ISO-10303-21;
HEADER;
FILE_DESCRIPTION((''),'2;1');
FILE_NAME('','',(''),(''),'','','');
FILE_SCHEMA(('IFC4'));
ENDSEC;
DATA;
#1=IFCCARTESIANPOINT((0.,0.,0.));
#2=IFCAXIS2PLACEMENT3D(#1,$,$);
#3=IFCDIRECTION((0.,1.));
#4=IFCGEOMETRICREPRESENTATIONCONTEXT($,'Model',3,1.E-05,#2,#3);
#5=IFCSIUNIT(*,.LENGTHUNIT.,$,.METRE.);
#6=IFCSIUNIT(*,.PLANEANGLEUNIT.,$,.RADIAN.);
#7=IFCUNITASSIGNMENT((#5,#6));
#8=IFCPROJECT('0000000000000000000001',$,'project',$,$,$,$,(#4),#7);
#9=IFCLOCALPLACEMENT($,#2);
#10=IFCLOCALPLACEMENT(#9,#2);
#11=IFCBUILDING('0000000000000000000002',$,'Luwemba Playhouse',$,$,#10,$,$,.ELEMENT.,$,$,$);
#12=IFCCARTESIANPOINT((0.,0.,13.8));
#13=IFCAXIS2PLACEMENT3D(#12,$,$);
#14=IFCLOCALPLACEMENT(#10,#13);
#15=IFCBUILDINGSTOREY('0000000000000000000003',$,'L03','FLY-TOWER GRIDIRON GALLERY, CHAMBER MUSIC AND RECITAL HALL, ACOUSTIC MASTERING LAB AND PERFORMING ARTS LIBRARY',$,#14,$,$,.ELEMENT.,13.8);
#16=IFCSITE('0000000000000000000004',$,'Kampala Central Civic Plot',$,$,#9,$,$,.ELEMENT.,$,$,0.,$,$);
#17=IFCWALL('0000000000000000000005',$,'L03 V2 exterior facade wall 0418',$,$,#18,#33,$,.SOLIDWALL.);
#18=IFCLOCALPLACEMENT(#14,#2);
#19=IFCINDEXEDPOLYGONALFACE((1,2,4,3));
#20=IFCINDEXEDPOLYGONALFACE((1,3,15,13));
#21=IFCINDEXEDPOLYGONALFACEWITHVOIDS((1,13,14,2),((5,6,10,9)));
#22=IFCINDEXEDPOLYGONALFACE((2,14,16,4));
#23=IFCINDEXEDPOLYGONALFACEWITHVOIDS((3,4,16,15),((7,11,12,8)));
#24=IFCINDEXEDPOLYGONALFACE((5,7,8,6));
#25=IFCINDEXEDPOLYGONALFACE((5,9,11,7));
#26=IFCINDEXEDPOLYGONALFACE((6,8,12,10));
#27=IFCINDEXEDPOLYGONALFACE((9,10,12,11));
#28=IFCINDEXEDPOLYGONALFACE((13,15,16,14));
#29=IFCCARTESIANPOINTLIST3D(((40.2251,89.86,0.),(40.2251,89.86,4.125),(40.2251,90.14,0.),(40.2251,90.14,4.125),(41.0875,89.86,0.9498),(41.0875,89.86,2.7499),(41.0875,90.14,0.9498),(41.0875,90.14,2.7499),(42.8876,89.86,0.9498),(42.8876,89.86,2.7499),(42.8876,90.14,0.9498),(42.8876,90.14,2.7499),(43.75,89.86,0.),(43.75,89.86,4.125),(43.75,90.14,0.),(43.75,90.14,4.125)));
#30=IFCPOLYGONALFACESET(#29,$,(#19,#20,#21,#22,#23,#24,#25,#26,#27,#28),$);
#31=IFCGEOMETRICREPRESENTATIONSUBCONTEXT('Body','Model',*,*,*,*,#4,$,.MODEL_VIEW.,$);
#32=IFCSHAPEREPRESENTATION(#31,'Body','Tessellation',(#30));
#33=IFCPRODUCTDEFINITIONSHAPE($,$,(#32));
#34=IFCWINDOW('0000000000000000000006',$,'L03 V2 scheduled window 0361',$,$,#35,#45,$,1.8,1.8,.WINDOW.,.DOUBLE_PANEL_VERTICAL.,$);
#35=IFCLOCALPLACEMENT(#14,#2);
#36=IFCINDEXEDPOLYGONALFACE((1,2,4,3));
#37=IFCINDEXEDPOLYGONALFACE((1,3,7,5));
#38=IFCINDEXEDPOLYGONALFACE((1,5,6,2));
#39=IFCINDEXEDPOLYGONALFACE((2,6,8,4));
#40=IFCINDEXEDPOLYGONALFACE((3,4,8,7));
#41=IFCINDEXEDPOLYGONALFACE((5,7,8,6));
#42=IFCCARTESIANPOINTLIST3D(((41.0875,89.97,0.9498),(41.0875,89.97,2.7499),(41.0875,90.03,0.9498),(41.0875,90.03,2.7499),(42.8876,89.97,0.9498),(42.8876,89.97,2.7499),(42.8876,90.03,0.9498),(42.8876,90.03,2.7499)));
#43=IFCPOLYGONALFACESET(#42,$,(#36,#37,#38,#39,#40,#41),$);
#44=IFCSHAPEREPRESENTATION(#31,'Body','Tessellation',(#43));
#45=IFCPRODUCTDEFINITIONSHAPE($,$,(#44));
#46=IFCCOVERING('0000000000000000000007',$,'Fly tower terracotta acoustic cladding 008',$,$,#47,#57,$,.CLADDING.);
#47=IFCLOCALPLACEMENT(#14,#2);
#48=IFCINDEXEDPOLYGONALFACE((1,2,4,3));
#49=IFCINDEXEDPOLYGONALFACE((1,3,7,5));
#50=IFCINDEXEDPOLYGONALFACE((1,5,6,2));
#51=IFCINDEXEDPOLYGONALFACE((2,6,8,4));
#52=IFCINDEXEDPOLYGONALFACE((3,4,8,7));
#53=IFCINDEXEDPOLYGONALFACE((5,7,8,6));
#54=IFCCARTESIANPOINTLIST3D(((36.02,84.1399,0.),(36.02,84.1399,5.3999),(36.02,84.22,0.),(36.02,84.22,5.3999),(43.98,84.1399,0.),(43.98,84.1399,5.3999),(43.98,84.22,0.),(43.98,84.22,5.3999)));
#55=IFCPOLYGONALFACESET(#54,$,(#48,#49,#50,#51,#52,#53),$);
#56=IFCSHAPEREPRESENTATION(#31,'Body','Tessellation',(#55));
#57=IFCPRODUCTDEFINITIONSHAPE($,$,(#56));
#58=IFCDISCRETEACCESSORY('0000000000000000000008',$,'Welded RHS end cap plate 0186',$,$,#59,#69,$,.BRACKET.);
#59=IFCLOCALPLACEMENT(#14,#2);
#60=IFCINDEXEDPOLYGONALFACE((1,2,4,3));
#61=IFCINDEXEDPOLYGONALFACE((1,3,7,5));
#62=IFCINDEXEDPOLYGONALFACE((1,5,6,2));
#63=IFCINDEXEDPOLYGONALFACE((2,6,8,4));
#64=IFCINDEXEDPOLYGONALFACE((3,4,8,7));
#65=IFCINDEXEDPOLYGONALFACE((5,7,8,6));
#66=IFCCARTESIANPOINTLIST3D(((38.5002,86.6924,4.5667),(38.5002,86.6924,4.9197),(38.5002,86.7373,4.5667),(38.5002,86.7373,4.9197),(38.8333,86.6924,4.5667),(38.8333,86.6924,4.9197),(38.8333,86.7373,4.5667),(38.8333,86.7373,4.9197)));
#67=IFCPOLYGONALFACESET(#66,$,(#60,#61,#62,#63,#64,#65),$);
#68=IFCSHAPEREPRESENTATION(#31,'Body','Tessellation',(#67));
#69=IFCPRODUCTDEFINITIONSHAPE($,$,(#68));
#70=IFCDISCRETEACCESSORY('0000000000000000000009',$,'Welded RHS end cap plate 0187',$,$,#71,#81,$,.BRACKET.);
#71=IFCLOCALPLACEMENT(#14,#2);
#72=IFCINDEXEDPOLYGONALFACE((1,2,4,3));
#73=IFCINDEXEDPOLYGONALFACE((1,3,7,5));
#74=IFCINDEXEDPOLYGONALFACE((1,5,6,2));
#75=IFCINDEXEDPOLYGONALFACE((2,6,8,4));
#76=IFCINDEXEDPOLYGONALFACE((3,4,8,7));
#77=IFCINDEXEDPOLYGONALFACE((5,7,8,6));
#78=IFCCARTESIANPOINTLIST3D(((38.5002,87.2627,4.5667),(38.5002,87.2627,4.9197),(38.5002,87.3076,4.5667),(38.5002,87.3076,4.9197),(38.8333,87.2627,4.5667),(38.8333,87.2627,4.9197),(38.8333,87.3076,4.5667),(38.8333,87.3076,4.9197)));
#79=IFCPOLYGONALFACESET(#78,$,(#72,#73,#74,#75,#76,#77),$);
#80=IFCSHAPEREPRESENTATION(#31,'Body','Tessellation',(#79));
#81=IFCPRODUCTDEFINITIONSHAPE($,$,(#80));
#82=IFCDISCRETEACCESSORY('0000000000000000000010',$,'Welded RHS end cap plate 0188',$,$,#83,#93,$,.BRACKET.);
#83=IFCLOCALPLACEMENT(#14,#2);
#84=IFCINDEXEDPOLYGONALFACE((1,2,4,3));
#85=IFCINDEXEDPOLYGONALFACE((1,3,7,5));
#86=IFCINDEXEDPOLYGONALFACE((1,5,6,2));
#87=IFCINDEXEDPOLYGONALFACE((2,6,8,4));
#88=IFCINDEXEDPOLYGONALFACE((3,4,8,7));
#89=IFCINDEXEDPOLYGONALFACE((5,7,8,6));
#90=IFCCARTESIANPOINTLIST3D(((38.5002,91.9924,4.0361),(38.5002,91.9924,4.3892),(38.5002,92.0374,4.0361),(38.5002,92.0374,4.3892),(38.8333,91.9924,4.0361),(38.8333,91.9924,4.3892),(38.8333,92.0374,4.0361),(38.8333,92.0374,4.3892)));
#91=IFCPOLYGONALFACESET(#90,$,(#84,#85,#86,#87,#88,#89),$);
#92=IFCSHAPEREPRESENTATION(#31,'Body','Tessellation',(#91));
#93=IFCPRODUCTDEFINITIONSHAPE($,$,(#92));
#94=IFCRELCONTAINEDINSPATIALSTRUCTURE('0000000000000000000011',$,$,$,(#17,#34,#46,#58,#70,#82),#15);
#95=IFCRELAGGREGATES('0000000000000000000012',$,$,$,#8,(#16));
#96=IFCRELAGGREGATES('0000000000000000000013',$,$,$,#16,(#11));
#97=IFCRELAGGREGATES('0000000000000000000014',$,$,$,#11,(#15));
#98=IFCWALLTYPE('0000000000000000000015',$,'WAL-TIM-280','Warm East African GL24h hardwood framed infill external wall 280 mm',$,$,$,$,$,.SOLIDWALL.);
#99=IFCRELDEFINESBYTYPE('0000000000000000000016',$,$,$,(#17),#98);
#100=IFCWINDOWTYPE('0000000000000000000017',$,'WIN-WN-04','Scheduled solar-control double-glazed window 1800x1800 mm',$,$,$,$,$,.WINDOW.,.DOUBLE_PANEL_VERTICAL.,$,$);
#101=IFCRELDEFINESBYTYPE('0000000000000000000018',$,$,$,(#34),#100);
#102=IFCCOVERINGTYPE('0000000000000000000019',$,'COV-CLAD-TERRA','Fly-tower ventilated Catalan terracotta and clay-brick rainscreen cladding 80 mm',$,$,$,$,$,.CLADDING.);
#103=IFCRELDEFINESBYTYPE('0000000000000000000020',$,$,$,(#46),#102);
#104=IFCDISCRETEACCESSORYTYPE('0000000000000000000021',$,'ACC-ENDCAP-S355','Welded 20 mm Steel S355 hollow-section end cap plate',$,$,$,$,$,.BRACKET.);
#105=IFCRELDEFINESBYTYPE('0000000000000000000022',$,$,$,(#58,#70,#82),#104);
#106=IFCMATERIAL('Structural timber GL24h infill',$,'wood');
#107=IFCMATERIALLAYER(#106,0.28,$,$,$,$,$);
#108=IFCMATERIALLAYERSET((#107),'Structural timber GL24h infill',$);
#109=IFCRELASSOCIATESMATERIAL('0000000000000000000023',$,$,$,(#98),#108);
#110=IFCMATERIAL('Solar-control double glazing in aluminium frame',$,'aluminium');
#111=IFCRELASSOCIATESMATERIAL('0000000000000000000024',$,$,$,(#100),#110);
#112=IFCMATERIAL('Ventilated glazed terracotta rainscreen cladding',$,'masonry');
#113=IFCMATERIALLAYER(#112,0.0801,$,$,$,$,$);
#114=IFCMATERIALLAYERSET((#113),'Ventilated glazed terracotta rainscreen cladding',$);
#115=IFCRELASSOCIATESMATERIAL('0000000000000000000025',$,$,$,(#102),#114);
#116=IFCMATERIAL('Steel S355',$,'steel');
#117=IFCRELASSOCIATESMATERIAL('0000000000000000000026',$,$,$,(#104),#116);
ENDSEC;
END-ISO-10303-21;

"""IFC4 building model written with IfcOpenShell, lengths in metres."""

from ifc_helpers import new_model, si_unit, direction, frame, frame_2d, origin, origin_2d, place, context, subcontext, project, spatial, rectangle, extrude, material, layer, layer_set, type_object, element, fill, save


model = new_model("IFC4")

# Units and contexts
model_context = context("Model", 3, precision=1e-05, world=origin(), true_north=direction((0.0, 1.0)))
body_context = subcontext(model_context, "Body", "Model", "MODEL_VIEW")
ifc_project = project(units=[si_unit("LENGTHUNIT", "METRE"), si_unit("PLANEANGLEUNIT", "RADIAN")], contexts=[model_context])

# Site, building, storey
site_placement = place(None, origin())
site = spatial("IfcSite", under=ifc_project, at=site_placement, Name="Kampala Central Civic Plot", CompositionType="ELEMENT", RefElevation=0.0)
building_placement = place(site_placement, origin())
building = spatial("IfcBuilding", under=site, at=building_placement, Name="Luwemba Playhouse", CompositionType="ELEMENT")
storey_placement = place(building_placement, frame((0.0, 0.0, 13.8)))
storey = spatial("IfcBuildingStorey", under=building, at=storey_placement, Name="L03", Description="FLY-TOWER GRIDIRON GALLERY, CHAMBER MUSIC AND RECITAL HALL, ACOUSTIC MASTERING LAB AND PERFORMING ARTS LIBRARY", CompositionType="ELEMENT", Elevation=13.8)

# Shared definitions
ifc_material_1 = material(Name="Steel S355", Category="steel")

# Shared definitions
ifc_material_2 = material(Name="Solar-control double glazing in aluminium frame", Category="aluminium")

# Wall, opening, window
ifc_material_3 = material(Name="Structural timber GL24h infill", Category="wood")
ifc_layer_1 = layer(ifc_material_3, 0.28)
ifc_layer_set_1 = layer_set([ifc_layer_1], Name="Structural timber GL24h infill")
wall_type_1 = type_object("IfcWallType", Name="WAL-TIM-280", Description="Warm East African GL24h hardwood framed infill external wall 280 mm", PredefinedType="SOLIDWALL", material=ifc_layer_set_1)
wall_1_placement = place(storey_placement, frame((40.2251, 90.0, 0.0), z_axis=(0.0, 0.0, 1.0), x_axis=(1.0, 0.0, 0.0)))
wall_1 = element("IfcWall", 1, at=wall_1_placement, inside=storey, type_object=wall_type_1, Name="L03 V2 exterior facade wall 0418", PredefinedType="SOLIDWALL", context=body_context, shape_type="SweptSolid", body=[
    extrude(rectangle(XDim=3.5249, YDim=0.28, at=frame_2d((1.7625, 0.0))), origin(), (0.0, 0.0, 1.0), 4.125),
])
opening_1_placement = place(wall_1_placement, frame((0.8625, 0.0, 0.95)))
opening_1 = element("IfcOpeningElement", 2, at=opening_1_placement, cuts=wall_1, PredefinedType="OPENING", context=body_context, shape_type="SweptSolid", body=[
    extrude(rectangle(XDim=1.8, YDim=1.8, at=frame_2d((0.8999, 0.8999))), frame((0.0, 0.1499, 0.0), z_axis=(0.0, -1.0, 0.0), x_axis=(1.0, 0.0, 0.0)), (0.0, 0.0, 1.0), 0.3),
])
window_type_1 = type_object("IfcWindowType", Name="WIN-WN-04", Description="Scheduled solar-control double-glazed window 1800x1800 mm", PartitioningType="DOUBLE_PANEL_VERTICAL", PredefinedType="WINDOW", material=ifc_material_2)
window_1_placement = place(opening_1_placement, origin())
window_1 = element("IfcWindow", 3, at=window_1_placement, inside=storey, type_object=window_type_1, Name="L03 V2 scheduled window 0361", OverallHeight=1.8, OverallWidth=1.8, PartitioningType="DOUBLE_PANEL_VERTICAL", PredefinedType="WINDOW", context=body_context, shape_type="SweptSolid", body=[
    extrude(rectangle(XDim=1.8, YDim=1.8, at=frame_2d((0.8999, 0.8999))), frame((0.0, 0.03, 0.0), z_axis=(0.0, -1.0, 0.0), x_axis=(1.0, 0.0, 0.0)), (0.0, 0.0, 1.0), 0.0601),
])
fill(opening_1, window_1)

# Covering
ifc_material_4 = material(Name="Ventilated glazed terracotta rainscreen cladding", Category="masonry")
ifc_layer_2 = layer(ifc_material_4, 0.0801)
ifc_layer_set_2 = layer_set([ifc_layer_2], Name="Ventilated glazed terracotta rainscreen cladding")
covering_type = type_object("IfcCoveringType", Name="COV-CLAD-TERRA", Description="Fly-tower ventilated Catalan terracotta and clay-brick rainscreen cladding 80 mm", PredefinedType="CLADDING", material=ifc_layer_set_2)
covering_placement = place(storey_placement, frame((40.0, 84.1799, 0.0), z_axis=(0.0, 0.0, 1.0), x_axis=(1.0, 0.0, 0.0)))
element("IfcCovering", 4, at=covering_placement, inside=storey, type_object=covering_type, Name="Fly tower terracotta acoustic cladding 008", PredefinedType="CLADDING", context=body_context, shape_type="SweptSolid", body=[
    extrude(rectangle(XDim=7.96, YDim=0.0801, at=origin_2d()), origin(), (0.0, 0.0, 1.0), 5.3999),
])

# Discrete accessories
discrete_accessory_type = type_object("IfcDiscreteAccessoryType", Name="ACC-ENDCAP-S355", Description="Welded 20 mm Steel S355 hollow-section end cap plate", PredefinedType="BRACKET", material=ifc_material_1)
for number, where, z_axis, x_axis, name in (
    (5, (38.6667, 86.7148, 4.5667), (0.0, 0.0, 1.0), (1.0, 0.0, 0.0), "Welded RHS end cap plate 0186"),
    (6, (38.6667, 87.2852, 4.5667), (0.0, 0.0, 1.0), (1.0, 0.0, 0.0), "Welded RHS end cap plate 0187"),
    (7, (38.6667, 92.0149, 4.0361), (0.0, 0.0, 1.0), (1.0, 0.0, 0.0), "Welded RHS end cap plate 0188"),
):
    element("IfcDiscreteAccessory", number, at=place(storey_placement, frame(where, z_axis=z_axis, x_axis=x_axis)), inside=storey, type_object=discrete_accessory_type, Name=name, PredefinedType="BRACKET", context=body_context, shape_type="SweptSolid", body=[
        extrude(rectangle(XDim=0.333, YDim=0.0449, at=origin_2d()), origin(), (0.0, 0.0, 1.0), 0.353),
    ])

save(model, "model.ifc")
